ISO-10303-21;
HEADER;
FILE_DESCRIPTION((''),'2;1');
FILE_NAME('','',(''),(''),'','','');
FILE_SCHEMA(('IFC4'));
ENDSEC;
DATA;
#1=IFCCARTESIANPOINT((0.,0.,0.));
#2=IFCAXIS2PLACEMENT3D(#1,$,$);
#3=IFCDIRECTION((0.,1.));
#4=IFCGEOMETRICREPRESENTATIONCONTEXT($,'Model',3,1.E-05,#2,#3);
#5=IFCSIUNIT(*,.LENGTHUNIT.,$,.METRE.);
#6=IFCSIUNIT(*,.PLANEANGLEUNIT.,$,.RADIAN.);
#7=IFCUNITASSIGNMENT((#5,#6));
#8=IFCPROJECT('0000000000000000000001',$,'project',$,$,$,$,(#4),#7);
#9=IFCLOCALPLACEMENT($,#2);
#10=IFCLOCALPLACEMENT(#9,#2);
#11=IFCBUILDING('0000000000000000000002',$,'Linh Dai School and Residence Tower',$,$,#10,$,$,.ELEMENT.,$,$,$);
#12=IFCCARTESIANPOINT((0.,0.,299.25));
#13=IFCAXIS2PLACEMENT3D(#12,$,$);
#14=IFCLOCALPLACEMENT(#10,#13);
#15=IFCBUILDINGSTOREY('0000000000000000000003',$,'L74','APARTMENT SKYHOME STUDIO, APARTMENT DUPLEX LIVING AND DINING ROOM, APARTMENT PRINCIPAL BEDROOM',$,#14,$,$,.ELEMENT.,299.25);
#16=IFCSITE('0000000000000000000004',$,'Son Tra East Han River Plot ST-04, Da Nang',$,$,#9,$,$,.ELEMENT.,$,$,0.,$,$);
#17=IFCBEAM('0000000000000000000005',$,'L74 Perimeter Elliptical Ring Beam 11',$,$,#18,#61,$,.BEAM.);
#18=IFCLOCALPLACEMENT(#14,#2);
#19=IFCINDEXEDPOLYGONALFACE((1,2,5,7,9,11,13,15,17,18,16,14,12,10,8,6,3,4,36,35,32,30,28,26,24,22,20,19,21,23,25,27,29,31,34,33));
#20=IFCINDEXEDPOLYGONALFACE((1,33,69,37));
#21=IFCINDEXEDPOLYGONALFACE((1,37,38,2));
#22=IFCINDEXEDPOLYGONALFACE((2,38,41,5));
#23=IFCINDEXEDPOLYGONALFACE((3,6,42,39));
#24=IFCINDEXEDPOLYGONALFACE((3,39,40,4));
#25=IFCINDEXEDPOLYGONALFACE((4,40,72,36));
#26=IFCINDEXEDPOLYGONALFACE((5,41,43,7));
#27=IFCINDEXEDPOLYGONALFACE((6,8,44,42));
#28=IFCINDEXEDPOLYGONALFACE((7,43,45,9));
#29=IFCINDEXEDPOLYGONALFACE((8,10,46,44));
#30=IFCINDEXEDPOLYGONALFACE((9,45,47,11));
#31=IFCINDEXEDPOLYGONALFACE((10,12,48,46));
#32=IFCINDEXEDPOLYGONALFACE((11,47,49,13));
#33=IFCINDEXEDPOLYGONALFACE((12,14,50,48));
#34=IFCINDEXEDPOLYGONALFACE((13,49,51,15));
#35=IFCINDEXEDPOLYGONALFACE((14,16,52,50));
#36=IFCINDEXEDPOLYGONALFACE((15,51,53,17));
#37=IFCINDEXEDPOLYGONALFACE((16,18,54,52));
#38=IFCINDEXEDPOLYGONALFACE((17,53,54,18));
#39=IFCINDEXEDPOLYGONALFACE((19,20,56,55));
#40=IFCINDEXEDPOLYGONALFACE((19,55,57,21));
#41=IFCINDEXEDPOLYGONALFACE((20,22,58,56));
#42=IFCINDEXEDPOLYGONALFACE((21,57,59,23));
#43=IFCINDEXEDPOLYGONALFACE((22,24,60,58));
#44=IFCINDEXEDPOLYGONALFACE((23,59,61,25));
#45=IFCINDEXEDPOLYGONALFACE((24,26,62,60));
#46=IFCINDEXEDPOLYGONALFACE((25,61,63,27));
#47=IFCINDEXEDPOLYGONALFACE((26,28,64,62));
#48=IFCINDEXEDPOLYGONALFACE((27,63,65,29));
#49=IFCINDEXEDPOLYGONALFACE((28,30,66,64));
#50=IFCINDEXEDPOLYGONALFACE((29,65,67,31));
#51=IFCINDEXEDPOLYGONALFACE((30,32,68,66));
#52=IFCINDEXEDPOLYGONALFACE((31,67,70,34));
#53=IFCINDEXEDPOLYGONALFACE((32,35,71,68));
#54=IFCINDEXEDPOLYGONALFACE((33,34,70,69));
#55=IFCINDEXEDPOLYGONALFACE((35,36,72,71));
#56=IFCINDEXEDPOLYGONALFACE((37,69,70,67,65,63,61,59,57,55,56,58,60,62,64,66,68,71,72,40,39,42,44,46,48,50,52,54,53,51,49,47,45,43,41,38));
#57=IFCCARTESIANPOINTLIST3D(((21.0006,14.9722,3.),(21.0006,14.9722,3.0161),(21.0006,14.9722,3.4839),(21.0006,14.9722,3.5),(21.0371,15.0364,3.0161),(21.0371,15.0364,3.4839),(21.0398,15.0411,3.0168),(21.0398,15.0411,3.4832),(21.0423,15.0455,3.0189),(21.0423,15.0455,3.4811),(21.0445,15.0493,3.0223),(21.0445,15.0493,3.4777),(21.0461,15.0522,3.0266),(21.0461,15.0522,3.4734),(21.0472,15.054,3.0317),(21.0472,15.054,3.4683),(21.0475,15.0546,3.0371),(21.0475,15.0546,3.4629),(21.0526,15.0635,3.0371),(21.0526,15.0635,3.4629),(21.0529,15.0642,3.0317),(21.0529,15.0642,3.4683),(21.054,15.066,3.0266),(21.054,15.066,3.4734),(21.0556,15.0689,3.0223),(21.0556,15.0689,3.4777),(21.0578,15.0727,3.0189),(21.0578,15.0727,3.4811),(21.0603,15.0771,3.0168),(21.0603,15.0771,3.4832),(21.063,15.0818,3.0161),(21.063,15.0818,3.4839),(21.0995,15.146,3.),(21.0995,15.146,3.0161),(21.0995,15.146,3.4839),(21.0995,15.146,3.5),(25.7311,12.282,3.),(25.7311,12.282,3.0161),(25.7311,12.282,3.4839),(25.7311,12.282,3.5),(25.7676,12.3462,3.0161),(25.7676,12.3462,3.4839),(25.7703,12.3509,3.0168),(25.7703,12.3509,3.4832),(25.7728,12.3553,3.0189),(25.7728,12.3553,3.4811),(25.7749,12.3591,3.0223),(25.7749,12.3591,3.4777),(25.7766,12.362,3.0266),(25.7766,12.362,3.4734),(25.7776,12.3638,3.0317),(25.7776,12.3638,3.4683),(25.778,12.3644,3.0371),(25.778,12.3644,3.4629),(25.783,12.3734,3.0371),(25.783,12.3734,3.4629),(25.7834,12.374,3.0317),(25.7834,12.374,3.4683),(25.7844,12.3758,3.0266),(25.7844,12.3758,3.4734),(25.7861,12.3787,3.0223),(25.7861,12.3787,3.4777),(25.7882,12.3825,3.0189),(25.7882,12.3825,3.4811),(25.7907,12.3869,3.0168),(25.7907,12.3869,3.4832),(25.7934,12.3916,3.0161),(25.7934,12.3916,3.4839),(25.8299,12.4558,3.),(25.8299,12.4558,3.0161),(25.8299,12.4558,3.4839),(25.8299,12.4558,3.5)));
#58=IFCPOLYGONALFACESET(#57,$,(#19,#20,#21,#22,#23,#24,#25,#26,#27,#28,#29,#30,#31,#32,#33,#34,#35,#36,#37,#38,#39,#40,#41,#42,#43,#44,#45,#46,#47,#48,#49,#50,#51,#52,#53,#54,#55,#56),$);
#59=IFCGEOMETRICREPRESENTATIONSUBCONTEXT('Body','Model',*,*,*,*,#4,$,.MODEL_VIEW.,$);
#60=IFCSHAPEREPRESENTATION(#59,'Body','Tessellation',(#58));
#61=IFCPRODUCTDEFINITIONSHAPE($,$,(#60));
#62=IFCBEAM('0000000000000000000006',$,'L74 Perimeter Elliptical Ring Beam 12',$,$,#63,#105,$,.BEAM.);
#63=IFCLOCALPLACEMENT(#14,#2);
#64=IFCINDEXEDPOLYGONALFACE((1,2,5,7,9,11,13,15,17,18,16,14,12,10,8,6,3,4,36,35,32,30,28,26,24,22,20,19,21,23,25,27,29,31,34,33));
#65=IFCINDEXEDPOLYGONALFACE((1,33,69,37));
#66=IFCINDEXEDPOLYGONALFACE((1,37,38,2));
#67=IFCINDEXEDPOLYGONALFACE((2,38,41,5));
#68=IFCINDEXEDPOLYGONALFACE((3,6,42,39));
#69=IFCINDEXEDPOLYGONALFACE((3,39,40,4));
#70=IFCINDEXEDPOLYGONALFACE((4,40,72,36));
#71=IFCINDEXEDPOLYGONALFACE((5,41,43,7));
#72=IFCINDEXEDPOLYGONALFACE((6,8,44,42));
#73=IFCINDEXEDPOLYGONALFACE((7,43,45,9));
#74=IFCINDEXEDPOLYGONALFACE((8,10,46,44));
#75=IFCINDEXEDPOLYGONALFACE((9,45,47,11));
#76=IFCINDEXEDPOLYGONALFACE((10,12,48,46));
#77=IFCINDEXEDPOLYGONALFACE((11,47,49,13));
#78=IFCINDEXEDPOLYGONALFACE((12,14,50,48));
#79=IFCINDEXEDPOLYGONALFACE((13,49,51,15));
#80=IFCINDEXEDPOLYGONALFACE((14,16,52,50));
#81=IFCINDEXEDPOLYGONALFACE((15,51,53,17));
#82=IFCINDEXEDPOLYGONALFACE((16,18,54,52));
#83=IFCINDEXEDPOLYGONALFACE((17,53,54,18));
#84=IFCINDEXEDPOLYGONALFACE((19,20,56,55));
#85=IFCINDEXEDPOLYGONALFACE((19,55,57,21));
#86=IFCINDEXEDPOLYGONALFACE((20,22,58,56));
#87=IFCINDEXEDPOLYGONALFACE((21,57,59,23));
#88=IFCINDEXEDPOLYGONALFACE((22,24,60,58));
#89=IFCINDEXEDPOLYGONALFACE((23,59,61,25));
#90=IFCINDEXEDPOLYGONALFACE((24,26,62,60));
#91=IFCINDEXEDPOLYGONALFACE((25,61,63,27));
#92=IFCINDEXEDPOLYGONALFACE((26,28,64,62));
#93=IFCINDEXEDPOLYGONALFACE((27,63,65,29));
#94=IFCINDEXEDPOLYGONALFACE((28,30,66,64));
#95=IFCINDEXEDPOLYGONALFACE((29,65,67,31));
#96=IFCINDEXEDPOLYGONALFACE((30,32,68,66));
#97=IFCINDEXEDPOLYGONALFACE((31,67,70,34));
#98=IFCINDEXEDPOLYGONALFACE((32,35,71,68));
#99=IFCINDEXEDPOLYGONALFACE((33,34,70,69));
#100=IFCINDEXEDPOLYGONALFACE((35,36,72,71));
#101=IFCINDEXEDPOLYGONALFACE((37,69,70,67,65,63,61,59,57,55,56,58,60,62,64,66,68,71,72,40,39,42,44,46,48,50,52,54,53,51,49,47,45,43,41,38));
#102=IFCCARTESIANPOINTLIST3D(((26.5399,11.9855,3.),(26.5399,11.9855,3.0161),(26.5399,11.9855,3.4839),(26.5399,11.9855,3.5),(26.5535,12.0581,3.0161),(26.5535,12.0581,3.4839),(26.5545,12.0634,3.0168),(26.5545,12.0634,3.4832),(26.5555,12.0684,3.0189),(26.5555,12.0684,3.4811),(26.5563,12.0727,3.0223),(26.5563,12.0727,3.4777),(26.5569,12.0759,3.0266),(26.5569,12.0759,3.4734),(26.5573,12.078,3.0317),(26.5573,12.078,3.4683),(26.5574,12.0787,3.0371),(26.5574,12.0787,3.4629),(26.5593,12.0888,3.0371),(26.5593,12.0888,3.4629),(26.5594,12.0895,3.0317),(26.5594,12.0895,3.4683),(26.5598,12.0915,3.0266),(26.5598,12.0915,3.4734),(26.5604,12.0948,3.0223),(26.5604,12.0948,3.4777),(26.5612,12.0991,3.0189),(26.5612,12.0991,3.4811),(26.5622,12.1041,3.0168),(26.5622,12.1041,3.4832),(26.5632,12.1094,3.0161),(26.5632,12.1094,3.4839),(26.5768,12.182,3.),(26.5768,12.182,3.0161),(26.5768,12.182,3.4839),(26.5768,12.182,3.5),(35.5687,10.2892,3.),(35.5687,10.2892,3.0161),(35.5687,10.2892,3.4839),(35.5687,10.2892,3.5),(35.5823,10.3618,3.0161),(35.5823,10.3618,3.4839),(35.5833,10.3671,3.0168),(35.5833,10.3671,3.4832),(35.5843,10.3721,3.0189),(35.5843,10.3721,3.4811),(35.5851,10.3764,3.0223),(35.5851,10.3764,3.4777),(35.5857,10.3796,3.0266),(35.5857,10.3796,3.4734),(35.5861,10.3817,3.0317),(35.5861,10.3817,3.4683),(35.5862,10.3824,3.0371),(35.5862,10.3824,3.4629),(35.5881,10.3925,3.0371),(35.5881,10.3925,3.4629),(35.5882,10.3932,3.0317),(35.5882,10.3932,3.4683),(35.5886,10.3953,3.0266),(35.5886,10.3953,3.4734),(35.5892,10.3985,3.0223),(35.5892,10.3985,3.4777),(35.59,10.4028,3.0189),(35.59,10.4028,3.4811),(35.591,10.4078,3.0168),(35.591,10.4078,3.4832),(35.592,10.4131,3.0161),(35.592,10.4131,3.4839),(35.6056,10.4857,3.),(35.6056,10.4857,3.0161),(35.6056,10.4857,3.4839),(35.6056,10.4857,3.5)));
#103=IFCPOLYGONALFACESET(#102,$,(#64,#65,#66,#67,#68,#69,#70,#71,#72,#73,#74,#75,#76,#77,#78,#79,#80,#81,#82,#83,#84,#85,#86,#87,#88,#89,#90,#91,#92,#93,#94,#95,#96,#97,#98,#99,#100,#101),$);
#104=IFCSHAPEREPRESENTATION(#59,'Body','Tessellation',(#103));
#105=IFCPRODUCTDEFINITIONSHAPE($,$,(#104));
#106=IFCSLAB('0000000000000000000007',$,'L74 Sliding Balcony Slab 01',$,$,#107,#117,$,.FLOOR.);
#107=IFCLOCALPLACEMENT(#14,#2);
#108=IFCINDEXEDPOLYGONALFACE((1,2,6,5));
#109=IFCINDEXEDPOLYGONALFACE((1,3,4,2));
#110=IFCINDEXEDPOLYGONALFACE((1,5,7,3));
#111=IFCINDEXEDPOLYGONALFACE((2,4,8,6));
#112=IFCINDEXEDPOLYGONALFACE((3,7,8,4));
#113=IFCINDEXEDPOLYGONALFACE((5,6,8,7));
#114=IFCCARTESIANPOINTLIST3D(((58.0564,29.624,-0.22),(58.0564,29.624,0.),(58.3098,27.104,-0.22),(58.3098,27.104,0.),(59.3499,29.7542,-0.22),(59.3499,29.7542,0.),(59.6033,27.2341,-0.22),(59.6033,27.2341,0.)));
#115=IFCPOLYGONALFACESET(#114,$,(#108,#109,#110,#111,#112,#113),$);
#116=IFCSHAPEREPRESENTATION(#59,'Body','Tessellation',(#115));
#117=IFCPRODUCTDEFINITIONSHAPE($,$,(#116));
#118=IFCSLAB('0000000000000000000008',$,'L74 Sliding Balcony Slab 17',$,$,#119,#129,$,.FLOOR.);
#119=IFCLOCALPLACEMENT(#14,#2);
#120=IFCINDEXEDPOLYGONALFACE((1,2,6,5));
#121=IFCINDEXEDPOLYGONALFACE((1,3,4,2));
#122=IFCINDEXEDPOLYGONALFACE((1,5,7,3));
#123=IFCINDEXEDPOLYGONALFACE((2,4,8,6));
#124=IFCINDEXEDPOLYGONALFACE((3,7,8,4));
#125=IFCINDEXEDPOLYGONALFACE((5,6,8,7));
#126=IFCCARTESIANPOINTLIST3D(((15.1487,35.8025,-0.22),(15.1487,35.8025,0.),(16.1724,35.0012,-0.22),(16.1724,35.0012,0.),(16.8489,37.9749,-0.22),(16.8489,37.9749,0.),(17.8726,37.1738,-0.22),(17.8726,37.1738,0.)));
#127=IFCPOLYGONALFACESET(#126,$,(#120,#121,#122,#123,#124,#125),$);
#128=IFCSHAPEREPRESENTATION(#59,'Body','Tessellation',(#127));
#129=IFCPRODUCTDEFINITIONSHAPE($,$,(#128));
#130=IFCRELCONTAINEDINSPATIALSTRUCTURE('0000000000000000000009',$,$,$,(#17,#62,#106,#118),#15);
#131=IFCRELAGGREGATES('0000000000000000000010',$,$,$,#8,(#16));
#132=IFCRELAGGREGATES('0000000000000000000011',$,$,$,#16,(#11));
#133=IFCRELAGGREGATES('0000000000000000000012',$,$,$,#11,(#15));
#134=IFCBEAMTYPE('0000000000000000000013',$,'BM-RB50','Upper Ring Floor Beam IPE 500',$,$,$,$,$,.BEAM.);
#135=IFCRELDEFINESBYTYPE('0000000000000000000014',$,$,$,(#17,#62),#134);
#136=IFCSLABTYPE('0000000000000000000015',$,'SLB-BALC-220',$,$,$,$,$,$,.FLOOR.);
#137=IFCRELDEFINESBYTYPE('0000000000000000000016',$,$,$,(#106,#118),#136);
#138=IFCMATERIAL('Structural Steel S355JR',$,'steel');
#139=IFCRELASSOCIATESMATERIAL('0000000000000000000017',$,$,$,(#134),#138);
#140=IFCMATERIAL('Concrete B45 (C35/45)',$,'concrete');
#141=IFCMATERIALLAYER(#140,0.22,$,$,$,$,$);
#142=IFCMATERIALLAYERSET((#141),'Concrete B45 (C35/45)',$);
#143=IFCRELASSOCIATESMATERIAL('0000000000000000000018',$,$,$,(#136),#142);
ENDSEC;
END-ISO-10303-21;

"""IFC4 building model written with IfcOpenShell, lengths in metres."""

from ifc_helpers import new_model, si_unit, direction, frame, origin, origin_2d, place, context, subcontext, project, spatial, polyline, i_section, outline, extrude, material, layer, layer_set, material_profile, profile_set, type_object, element, save


model = new_model("IFC4")

# Units and contexts
model_context = context("Model", 3, precision=1e-05, world=origin(), true_north=direction((0.0, 1.0)))
body_context = subcontext(model_context, "Body", "Model", "MODEL_VIEW")
ifc_project = project(units=[si_unit("LENGTHUNIT", "METRE"), si_unit("PLANEANGLEUNIT", "RADIAN")], contexts=[model_context])

# Site, building, storey
site_placement = place(None, origin())
site = spatial("IfcSite", under=ifc_project, at=site_placement, Name="Son Tra East Han River Plot ST-04, Da Nang", CompositionType="ELEMENT", RefElevation=0.0)
building_placement = place(site_placement, origin())
building = spatial("IfcBuilding", under=site, at=building_placement, Name="Linh Dai School and Residence Tower", CompositionType="ELEMENT")
storey_placement = place(building_placement, frame((0.0, 0.0, 299.25)))
storey = spatial("IfcBuildingStorey", under=building, at=storey_placement, Name="L74", Description="APARTMENT SKYHOME STUDIO, APARTMENT DUPLEX LIVING AND DINING ROOM, APARTMENT PRINCIPAL BEDROOM", CompositionType="ELEMENT", Elevation=299.25)

# Shared definitions
ifc_material_1 = material(Name="Structural Steel S355JR", Category="steel")

# Beams
ifc_material_profile_1 = material_profile(ifc_material_1, i_section(OverallWidth=0.2, OverallDepth=0.5, WebThickness=0.0103, FlangeThickness=0.0161, FilletRadius=0.021, at=origin_2d()), Name="IPE 500")
ifc_profile_set_1 = profile_set([ifc_material_profile_1], Name="Structural Steel S355JR")
beam_type = type_object("IfcBeamType", Name="BM-RB50", Description="Upper Ring Floor Beam IPE 500", PredefinedType="BEAM", material=ifc_profile_set_1)
beam_1_placement = place(storey_placement, frame((21.05, 15.0591, 3.25), z_axis=(0.869266, -0.494345, 0.0), x_axis=(0.494345, 0.869266, 0.0)))
element("IfcBeam", 1, at=beam_1_placement, inside=storey, type_object=beam_type, Name="L74 Perimeter Elliptical Ring Beam 11", PredefinedType="BEAM", context=body_context, shape_type="SweptSolid", body=[
    extrude(i_section(OverallWidth=0.2, OverallDepth=0.5, WebThickness=0.0103, FlangeThickness=0.0161, FilletRadius=0.021, at=origin_2d()), origin(), (0.0, 0.0, 1.0), 5.4419),
])
beam_2_placement = place(storey_placement, frame((26.5583, 12.0837, 3.25), z_axis=(0.982805, -0.184645, 0.0), x_axis=(0.184645, 0.982805, 0.0)))
element("IfcBeam", 2, at=beam_2_placement, inside=storey, type_object=beam_type, Name="L74 Perimeter Elliptical Ring Beam 12", PredefinedType="BEAM", context=body_context, shape_type="SweptSolid", body=[
    extrude(i_section(OverallWidth=0.2, OverallDepth=0.5, WebThickness=0.0103, FlangeThickness=0.0161, FilletRadius=0.021, at=origin_2d()), origin(), (0.0, 0.0, 1.0), 9.1868),
])

# Slabs
ifc_material_2 = material(Name="Concrete B45 (C35/45)", Category="concrete")
ifc_layer_1 = layer(ifc_material_2, 0.22)
ifc_layer_set_1 = layer_set([ifc_layer_1], Name="Concrete B45 (C35/45)")
slab_type_1 = type_object("IfcSlabType", Name="SLB-BALC-220", PredefinedType="FLOOR", material=ifc_layer_set_1)
slab_1_placement = place(storey_placement, frame((0.0, 0.0, -0.22)))
element("IfcSlab", 3, at=slab_1_placement, inside=storey, type_object=slab_type_1, Name="L74 Sliding Balcony Slab 01", PredefinedType="FLOOR", context=body_context, shape_type="SweptSolid", body=[
    extrude(outline(polyline([(58.0564, 29.624), (58.3098, 27.104), (59.6033, 27.2341), (59.3499, 29.7542), (58.0564, 29.624)])), origin(), (0.0, 0.0, 1.0), 0.22),
])
slab_2_placement = place(storey_placement, frame((0.0, 0.0, -0.22)))
element("IfcSlab", 4, at=slab_2_placement, inside=storey, type_object=slab_type_1, Name="L74 Sliding Balcony Slab 17", PredefinedType="FLOOR", context=body_context, shape_type="SweptSolid", body=[
    extrude(outline(polyline([(16.1724, 35.0012), (17.8726, 37.1738), (16.8489, 37.9749), (15.1487, 35.8025), (16.1724, 35.0012)])), origin(), (0.0, 0.0, 1.0), 0.22),
])

save(model, "model.ifc")
